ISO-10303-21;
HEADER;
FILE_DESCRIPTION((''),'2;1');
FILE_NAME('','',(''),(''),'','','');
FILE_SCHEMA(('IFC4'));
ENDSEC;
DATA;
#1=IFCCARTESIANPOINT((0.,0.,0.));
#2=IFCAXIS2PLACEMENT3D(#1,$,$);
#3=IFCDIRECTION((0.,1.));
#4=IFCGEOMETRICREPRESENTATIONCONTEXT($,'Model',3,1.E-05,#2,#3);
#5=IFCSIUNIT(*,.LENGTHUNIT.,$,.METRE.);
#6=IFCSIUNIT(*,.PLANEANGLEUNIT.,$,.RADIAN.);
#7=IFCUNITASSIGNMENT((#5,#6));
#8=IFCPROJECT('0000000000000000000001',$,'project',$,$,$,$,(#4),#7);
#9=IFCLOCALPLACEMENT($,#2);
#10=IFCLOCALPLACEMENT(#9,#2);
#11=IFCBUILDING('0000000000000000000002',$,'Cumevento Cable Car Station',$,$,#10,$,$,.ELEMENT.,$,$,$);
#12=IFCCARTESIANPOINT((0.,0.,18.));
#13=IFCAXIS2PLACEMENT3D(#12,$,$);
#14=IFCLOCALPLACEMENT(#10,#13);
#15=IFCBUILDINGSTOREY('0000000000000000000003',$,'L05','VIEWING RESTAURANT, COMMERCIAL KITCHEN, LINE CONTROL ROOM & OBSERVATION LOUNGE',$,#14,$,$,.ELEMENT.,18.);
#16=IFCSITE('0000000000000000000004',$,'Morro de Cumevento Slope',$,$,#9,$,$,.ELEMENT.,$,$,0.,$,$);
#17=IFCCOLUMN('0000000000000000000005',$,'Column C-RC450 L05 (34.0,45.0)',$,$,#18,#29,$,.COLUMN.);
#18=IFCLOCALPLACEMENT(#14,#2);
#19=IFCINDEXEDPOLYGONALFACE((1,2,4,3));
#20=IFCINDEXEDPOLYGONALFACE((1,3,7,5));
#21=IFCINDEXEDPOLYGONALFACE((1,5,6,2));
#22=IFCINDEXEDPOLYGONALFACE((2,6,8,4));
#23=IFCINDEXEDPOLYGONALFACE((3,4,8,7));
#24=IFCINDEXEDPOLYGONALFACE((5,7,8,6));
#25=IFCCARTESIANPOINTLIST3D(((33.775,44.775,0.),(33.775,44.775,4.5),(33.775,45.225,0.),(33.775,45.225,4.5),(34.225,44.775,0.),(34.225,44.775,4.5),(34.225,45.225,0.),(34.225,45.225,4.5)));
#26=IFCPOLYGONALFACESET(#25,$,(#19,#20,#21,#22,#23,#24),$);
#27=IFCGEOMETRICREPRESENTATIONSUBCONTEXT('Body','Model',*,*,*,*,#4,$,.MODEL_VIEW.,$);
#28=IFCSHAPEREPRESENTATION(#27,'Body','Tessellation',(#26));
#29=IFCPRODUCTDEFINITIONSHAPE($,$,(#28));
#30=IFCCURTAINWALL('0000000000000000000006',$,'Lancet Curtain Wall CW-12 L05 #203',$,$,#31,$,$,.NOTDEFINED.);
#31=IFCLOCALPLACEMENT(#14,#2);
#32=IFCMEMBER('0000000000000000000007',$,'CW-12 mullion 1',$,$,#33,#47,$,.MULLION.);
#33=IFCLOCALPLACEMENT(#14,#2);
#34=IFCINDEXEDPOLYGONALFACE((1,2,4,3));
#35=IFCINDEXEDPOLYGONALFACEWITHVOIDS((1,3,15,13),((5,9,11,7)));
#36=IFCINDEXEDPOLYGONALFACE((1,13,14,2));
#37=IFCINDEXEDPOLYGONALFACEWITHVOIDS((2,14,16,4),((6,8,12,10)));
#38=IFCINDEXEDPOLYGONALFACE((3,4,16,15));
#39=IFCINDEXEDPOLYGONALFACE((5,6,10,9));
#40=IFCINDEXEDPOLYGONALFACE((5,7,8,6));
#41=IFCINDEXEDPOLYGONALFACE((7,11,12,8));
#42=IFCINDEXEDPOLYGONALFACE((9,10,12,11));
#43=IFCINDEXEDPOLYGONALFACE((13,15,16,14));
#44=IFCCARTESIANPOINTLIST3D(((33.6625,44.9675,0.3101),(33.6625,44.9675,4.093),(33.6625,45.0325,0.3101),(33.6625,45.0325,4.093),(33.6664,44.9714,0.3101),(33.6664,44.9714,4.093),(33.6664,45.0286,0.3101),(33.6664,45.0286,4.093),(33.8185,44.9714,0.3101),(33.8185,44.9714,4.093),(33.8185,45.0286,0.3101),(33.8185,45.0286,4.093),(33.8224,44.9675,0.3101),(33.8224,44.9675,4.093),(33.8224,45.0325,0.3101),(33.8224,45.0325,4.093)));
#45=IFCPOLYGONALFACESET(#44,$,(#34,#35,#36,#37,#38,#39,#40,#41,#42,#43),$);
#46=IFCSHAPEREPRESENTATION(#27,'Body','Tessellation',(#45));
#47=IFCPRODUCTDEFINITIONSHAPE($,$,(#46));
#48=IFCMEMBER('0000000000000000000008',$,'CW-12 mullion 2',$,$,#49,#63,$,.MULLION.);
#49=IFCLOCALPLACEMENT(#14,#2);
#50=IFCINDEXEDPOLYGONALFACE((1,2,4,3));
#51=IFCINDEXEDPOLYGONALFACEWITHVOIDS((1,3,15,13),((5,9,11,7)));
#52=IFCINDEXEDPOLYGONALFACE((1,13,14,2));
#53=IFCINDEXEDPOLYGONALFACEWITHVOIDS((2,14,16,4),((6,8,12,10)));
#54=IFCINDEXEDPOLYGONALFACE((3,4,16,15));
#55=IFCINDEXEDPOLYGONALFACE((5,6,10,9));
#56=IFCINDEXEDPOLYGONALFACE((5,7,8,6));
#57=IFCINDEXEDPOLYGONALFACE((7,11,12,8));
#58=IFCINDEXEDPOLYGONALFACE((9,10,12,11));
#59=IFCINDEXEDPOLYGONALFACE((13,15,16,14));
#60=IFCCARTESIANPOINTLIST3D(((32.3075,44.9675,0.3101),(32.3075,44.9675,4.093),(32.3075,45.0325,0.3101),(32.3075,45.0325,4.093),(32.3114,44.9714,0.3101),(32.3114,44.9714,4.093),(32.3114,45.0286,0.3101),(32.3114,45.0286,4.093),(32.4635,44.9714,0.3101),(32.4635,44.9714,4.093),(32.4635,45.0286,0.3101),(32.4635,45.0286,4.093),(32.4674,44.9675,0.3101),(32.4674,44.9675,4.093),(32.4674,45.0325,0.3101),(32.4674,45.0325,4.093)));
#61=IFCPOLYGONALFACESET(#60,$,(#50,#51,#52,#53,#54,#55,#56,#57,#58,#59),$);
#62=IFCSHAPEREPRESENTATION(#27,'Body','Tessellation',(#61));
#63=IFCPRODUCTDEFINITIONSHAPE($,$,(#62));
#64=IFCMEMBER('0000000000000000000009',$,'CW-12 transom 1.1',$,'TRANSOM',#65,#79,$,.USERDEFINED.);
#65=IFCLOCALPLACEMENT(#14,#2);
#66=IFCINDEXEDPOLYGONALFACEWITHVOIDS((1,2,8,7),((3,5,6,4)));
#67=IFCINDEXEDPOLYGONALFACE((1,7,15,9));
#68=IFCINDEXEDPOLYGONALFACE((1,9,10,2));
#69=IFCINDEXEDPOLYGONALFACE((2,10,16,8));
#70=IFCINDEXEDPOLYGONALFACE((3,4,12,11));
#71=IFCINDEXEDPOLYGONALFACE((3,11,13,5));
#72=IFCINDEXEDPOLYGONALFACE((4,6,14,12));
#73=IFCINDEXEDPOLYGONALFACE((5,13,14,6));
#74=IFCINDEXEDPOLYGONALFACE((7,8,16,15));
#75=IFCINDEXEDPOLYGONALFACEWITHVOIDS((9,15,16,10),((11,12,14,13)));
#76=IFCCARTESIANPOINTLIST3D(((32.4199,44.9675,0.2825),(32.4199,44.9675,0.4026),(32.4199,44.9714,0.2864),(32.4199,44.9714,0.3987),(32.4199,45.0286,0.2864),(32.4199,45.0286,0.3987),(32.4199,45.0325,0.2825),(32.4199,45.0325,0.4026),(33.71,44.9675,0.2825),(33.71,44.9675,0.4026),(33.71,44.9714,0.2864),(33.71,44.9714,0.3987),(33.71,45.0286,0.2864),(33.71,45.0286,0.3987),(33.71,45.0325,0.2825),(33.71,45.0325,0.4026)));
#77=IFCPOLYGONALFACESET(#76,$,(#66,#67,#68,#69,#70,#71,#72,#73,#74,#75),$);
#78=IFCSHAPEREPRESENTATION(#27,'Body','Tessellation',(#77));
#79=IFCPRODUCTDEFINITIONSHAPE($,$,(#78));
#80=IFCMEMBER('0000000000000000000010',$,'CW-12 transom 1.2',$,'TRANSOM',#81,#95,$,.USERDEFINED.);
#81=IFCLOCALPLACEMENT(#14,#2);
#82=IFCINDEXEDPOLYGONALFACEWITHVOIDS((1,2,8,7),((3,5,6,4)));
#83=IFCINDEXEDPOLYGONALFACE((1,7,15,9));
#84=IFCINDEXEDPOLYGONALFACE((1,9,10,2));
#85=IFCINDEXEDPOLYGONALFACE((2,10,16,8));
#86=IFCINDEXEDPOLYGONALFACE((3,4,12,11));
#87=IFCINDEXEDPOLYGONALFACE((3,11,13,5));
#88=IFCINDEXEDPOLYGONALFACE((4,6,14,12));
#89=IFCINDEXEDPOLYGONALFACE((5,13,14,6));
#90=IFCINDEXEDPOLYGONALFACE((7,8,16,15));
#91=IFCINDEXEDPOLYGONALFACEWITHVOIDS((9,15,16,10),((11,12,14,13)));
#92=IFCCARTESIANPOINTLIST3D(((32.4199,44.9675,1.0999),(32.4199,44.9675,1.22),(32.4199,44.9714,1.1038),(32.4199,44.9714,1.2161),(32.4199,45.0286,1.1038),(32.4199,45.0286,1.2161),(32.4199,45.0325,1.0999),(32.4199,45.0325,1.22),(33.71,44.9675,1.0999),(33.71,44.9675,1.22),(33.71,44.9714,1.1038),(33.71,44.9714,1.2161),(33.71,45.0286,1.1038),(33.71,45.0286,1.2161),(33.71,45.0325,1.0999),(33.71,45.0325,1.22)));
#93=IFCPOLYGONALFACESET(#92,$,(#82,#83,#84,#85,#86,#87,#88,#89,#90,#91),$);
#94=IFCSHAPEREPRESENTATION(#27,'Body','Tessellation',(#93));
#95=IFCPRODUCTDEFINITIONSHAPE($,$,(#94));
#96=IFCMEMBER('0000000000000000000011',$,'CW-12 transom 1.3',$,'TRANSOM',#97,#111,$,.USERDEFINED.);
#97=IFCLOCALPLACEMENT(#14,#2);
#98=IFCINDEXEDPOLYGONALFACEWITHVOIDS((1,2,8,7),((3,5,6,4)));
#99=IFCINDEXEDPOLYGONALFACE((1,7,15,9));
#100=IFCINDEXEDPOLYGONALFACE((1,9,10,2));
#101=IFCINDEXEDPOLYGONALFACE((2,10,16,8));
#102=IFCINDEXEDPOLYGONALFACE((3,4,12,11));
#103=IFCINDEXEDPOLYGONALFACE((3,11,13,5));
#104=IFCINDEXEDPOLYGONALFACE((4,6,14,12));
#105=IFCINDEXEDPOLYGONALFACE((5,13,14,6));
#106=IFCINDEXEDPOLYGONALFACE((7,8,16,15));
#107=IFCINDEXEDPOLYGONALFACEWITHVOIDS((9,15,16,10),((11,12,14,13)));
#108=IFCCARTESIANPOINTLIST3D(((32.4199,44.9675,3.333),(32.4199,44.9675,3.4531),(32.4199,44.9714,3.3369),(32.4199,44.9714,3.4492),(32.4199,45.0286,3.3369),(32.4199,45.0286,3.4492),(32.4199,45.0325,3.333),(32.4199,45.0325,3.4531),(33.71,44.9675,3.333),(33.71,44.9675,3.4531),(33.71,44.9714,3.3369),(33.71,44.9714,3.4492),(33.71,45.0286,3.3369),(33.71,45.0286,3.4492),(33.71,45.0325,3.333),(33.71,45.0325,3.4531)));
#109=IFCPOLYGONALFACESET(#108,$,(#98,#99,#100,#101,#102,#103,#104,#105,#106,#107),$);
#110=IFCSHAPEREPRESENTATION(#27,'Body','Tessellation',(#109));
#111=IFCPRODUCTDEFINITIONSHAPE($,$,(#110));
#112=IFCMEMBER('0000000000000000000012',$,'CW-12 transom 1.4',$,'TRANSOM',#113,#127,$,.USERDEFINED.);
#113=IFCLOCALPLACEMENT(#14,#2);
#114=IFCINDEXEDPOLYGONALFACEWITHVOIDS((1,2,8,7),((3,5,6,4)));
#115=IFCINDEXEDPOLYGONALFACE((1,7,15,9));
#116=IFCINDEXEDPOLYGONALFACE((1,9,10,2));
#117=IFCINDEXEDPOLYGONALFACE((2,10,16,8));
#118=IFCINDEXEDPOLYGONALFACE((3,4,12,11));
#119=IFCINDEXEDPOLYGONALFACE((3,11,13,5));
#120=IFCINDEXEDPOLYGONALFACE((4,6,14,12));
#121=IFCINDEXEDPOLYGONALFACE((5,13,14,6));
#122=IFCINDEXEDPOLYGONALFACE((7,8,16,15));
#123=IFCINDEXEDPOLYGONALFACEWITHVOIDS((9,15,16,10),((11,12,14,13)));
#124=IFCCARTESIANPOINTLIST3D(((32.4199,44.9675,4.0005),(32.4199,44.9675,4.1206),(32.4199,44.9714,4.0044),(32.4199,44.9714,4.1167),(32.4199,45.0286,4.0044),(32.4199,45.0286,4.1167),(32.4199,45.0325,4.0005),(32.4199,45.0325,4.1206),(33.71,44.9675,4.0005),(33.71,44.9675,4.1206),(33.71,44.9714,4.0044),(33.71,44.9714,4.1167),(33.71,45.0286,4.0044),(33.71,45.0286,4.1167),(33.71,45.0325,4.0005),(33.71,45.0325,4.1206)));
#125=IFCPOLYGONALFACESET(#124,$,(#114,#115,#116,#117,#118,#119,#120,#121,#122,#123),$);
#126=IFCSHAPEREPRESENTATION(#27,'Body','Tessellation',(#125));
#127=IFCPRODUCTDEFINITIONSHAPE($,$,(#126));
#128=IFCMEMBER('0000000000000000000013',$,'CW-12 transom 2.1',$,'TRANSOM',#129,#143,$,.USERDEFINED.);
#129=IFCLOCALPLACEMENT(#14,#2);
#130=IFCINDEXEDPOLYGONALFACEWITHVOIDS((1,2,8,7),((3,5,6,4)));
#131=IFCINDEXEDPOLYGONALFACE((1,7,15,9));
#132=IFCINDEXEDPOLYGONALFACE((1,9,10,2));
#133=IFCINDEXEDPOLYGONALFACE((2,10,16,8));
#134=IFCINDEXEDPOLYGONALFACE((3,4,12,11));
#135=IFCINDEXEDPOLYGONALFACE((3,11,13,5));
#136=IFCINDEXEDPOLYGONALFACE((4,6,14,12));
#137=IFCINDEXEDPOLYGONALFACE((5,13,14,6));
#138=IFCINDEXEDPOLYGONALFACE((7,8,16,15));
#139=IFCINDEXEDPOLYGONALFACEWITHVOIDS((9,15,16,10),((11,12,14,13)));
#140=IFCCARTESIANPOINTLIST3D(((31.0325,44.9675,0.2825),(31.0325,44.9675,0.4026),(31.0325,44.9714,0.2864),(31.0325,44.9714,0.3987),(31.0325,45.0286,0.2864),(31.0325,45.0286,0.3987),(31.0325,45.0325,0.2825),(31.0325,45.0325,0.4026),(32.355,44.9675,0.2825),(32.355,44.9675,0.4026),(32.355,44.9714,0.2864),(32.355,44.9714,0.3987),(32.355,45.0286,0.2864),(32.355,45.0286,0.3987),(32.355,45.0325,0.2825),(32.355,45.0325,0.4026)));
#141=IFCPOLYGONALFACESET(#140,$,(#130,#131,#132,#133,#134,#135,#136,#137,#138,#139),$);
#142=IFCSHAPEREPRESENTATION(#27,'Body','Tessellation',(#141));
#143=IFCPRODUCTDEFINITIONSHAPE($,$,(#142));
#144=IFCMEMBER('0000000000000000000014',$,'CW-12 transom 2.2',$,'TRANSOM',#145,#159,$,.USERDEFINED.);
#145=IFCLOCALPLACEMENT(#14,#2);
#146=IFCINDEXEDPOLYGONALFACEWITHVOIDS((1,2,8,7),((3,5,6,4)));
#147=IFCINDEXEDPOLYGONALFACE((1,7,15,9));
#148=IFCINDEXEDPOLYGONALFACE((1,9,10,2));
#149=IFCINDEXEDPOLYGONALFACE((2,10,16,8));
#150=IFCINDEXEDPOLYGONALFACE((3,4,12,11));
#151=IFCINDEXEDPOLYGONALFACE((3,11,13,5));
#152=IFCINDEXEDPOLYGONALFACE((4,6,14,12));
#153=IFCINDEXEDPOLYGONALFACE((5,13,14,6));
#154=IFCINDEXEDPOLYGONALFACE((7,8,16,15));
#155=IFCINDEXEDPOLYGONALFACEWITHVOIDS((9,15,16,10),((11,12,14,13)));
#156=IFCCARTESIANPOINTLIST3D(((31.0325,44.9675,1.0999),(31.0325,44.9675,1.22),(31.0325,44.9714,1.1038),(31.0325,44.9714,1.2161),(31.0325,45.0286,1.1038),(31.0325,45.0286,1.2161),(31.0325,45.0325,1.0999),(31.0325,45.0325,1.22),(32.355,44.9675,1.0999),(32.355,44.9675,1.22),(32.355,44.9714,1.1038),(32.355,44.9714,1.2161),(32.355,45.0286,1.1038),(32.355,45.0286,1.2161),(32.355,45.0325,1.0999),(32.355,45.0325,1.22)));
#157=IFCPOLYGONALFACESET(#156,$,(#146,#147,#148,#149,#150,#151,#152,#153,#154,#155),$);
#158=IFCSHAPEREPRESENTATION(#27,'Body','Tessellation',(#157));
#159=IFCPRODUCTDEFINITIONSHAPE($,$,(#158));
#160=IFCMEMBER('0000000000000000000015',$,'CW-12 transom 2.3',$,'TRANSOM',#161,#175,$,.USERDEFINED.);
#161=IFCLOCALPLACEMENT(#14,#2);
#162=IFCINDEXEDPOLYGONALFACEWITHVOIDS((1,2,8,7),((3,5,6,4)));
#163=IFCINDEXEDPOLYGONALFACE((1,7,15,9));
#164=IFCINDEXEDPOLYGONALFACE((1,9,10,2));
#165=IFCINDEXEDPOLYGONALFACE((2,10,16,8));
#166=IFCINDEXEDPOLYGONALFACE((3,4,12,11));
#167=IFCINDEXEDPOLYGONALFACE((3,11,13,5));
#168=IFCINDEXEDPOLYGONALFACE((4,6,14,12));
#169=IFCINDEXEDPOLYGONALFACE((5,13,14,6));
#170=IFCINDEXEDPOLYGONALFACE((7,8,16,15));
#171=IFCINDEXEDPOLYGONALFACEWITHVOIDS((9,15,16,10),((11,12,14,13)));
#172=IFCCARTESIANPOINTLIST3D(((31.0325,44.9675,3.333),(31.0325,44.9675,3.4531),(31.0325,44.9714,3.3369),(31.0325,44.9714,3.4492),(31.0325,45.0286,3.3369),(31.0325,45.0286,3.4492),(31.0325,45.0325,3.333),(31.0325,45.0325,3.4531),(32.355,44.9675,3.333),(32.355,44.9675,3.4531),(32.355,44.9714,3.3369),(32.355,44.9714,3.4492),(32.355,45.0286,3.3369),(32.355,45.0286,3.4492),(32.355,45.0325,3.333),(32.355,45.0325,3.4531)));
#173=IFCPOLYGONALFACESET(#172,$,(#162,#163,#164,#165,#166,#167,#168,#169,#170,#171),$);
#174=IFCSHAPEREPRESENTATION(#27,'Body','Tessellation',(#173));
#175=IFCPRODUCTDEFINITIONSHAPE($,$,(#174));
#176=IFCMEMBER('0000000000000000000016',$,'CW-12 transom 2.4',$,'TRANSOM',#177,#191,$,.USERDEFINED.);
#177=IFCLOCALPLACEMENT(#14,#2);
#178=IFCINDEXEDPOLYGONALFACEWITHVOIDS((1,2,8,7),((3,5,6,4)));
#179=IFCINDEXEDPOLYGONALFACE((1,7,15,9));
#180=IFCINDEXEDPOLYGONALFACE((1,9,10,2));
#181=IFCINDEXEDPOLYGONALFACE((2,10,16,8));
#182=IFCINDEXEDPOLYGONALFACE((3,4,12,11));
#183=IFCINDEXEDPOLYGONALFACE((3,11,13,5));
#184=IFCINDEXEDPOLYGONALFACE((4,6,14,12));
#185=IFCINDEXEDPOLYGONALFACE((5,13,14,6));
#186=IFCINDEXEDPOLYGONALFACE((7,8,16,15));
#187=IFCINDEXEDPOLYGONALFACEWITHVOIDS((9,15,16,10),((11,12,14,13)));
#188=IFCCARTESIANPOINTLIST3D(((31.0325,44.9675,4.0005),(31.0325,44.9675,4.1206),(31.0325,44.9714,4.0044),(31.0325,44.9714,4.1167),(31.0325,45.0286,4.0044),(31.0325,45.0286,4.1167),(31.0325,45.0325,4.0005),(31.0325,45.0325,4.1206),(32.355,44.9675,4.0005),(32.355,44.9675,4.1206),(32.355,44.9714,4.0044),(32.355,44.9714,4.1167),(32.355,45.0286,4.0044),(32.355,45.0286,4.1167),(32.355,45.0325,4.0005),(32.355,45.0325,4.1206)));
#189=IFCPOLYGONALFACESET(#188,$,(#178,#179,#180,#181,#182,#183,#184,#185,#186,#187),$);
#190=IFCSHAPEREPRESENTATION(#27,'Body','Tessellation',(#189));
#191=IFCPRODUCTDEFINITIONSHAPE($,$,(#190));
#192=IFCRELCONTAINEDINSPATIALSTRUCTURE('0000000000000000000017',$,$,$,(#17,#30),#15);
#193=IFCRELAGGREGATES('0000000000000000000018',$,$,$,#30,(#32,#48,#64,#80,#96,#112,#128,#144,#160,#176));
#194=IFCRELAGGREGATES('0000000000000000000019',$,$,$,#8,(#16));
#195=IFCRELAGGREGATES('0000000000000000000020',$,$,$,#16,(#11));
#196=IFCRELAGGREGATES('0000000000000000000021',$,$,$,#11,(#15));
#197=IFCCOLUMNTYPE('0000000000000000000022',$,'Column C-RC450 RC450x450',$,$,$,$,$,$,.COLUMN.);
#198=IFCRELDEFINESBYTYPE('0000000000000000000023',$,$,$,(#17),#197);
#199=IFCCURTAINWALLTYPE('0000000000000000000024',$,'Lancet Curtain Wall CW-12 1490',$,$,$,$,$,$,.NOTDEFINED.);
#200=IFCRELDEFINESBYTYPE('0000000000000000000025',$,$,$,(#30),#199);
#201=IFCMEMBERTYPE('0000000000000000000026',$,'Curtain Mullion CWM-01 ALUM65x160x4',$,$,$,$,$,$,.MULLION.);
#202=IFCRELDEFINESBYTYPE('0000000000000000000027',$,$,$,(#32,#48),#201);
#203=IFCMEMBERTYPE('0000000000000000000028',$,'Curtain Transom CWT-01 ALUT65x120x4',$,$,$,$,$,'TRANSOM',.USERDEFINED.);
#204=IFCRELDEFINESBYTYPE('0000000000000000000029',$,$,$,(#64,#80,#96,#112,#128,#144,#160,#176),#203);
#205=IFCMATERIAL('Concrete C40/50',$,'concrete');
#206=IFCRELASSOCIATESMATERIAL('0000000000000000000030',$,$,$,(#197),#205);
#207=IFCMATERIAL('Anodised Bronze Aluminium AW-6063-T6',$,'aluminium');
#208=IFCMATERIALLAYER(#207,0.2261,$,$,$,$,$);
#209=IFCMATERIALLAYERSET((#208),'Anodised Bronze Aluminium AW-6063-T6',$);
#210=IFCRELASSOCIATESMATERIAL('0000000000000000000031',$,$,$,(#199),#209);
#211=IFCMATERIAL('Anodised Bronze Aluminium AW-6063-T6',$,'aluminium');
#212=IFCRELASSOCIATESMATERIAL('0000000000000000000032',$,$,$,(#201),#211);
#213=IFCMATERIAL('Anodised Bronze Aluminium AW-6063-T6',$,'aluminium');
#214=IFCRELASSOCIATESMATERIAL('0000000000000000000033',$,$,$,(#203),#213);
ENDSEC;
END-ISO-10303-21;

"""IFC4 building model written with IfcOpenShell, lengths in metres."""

from ifc_helpers import new_model, si_unit, direction, frame, origin, origin_2d, place, context, subcontext, project, spatial, rectangle, hollow_rectangle, extrude, material, layer, layer_set, material_profile, profile_set, type_object, element, aggregate, save


model = new_model("IFC4")

# Units and contexts
model_context = context("Model", 3, precision=1e-05, world=origin(), true_north=direction((0.0, 1.0)))
body_context = subcontext(model_context, "Body", "Model", "MODEL_VIEW")
ifc_project = project(units=[si_unit("LENGTHUNIT", "METRE"), si_unit("PLANEANGLEUNIT", "RADIAN")], contexts=[model_context])

# Site, building, storey
site_placement = place(None, origin())
site = spatial("IfcSite", under=ifc_project, at=site_placement, Name="Morro de Cumevento Slope", CompositionType="ELEMENT", RefElevation=0.0)
building_placement = place(site_placement, origin())
building = spatial("IfcBuilding", under=site, at=building_placement, Name="Cumevento Cable Car Station", CompositionType="ELEMENT")
storey_placement = place(building_placement, frame((0.0, 0.0, 18.0)))
storey = spatial("IfcBuildingStorey", under=building, at=storey_placement, Name="L05", Description="VIEWING RESTAURANT, COMMERCIAL KITCHEN, LINE CONTROL ROOM & OBSERVATION LOUNGE", CompositionType="ELEMENT", Elevation=18.0)

# Column
ifc_material_1 = material(Name="Concrete C40/50", Category="concrete")
ifc_material_profile_1 = material_profile(ifc_material_1, rectangle(XDim=0.45, YDim=0.45, at=origin_2d()), Name="RC450x450")
ifc_profile_set_1 = profile_set([ifc_material_profile_1], Name="Concrete C40/50")
column_type = type_object("IfcColumnType", Name="Column C-RC450 RC450x450", PredefinedType="COLUMN", material=ifc_profile_set_1)
column_placement = place(storey_placement, frame((34.0, 45.0, 0.0), z_axis=(0.0, 0.0, 1.0), x_axis=(1.0, 0.0, 0.0)))
element("IfcColumn", 1, at=column_placement, inside=storey, type_object=column_type, Name="Column C-RC450 L05 (34.0,45.0)", PredefinedType="COLUMN", context=body_context, shape_type="SweptSolid", body=[
    extrude(rectangle(XDim=0.45, YDim=0.45, at=origin_2d()), origin(), (0.0, 0.0, 1.0), 4.5),
])

# Curtain wall, members
ifc_material_2 = material(Name="Anodised Bronze Aluminium AW-6063-T6", Category="aluminium")
ifc_layer_1 = layer(ifc_material_2, 0.2261)
ifc_layer_set_1 = layer_set([ifc_layer_1], Name="Anodised Bronze Aluminium AW-6063-T6")
curtain_wall_type = type_object("IfcCurtainWallType", Name="Lancet Curtain Wall CW-12 1490", PredefinedType="NOTDEFINED", material=ifc_layer_set_1)
curtain_wall_placement = place(storey_placement, origin())
curtain_wall = element("IfcCurtainWall", 2, at=curtain_wall_placement, inside=storey, type_object=curtain_wall_type, Name="Lancet Curtain Wall CW-12 L05 #203", PredefinedType="NOTDEFINED")
ifc_material_3 = material(Name="Anodised Bronze Aluminium AW-6063-T6", Category="aluminium")
ifc_material_profile_2 = material_profile(ifc_material_3, hollow_rectangle(XDim=0.0649, YDim=0.1599, WallThickness=0.0039, at=origin_2d()), Name="ALUM65x160x4")
ifc_profile_set_2 = profile_set([ifc_material_profile_2], Name="Anodised Bronze Aluminium AW-6063-T6")
member_type_1 = type_object("IfcMemberType", Name="Curtain Mullion CWM-01 ALUM65x160x4", PredefinedType="MULLION", material=ifc_profile_set_2)
member_1_placement = place(storey_placement, frame((33.7424, 45.0, 0.3101), z_axis=(0.0, 0.0, 1.0), x_axis=(0.0, -1.0, 0.0)))
member_1 = element("IfcMember", 3, at=member_1_placement, type_object=member_type_1, Name="CW-12 mullion 1", PredefinedType="MULLION", context=body_context, shape_type="SweptSolid", body=[
    extrude(hollow_rectangle(XDim=0.0649, YDim=0.1599, WallThickness=0.0039, at=origin_2d()), origin(), (0.0, 0.0, 1.0), 3.783),
])
member_2_placement = place(storey_placement, frame((32.3875, 45.0, 0.3101), z_axis=(0.0, 0.0, 1.0), x_axis=(0.0, -1.0, 0.0)))
member_2 = element("IfcMember", 4, at=member_2_placement, type_object=member_type_1, Name="CW-12 mullion 2", PredefinedType="MULLION", context=body_context, shape_type="SweptSolid", body=[
    extrude(hollow_rectangle(XDim=0.0649, YDim=0.1599, WallThickness=0.0039, at=origin_2d()), origin(), (0.0, 0.0, 1.0), 3.783),
])
ifc_material_4 = material(Name="Anodised Bronze Aluminium AW-6063-T6", Category="aluminium")
ifc_material_profile_3 = material_profile(ifc_material_4, hollow_rectangle(XDim=0.0649, YDim=0.1201, WallThickness=0.0039, at=origin_2d()), Name="ALUT65x120x4")
ifc_profile_set_3 = profile_set([ifc_material_profile_3], Name="Anodised Bronze Aluminium AW-6063-T6")
member_type_2 = type_object("IfcMemberType", Name="Curtain Transom CWT-01 ALUT65x120x4", ElementType="TRANSOM", PredefinedType="USERDEFINED", material=ifc_profile_set_3)
member_3_placement = place(storey_placement, frame((33.71, 45.0, 0.3425), z_axis=(-1.0, 0.0, 0.0), x_axis=(0.0, -1.0, 0.0)))
member_3 = element("IfcMember", 5, at=member_3_placement, type_object=member_type_2, Name="CW-12 transom 1.1", ObjectType="TRANSOM", PredefinedType="USERDEFINED", context=body_context, shape_type="SweptSolid", body=[
    extrude(hollow_rectangle(XDim=0.0649, YDim=0.1201, WallThickness=0.0039, at=origin_2d()), origin(), (0.0, 0.0, 1.0), 1.29),
])
member_4_placement = place(storey_placement, frame((33.71, 45.0, 1.1599), z_axis=(-1.0, 0.0, 0.0), x_axis=(0.0, -1.0, 0.0)))
member_4 = element("IfcMember", 6, at=member_4_placement, type_object=member_type_2, Name="CW-12 transom 1.2", ObjectType="TRANSOM", PredefinedType="USERDEFINED", context=body_context, shape_type="SweptSolid", body=[
    extrude(hollow_rectangle(XDim=0.0649, YDim=0.1201, WallThickness=0.0039, at=origin_2d()), origin(), (0.0, 0.0, 1.0), 1.29),
])
member_5_placement = place(storey_placement, frame((33.71, 45.0, 3.3931), z_axis=(-1.0, 0.0, 0.0), x_axis=(0.0, -1.0, 0.0)))
member_5 = element("IfcMember", 7, at=member_5_placement, type_object=member_type_2, Name="CW-12 transom 1.3", ObjectType="TRANSOM", PredefinedType="USERDEFINED", context=body_context, shape_type="SweptSolid", body=[
    extrude(hollow_rectangle(XDim=0.0649, YDim=0.1201, WallThickness=0.0039, at=origin_2d()), origin(), (0.0, 0.0, 1.0), 1.29),
])
member_6_placement = place(storey_placement, frame((33.71, 45.0, 4.0605), z_axis=(-1.0, 0.0, 0.0), x_axis=(0.0, -1.0, 0.0)))
member_6 = element("IfcMember", 8, at=member_6_placement, type_object=member_type_2, Name="CW-12 transom 1.4", ObjectType="TRANSOM", PredefinedType="USERDEFINED", context=body_context, shape_type="SweptSolid", body=[
    extrude(hollow_rectangle(XDim=0.0649, YDim=0.1201, WallThickness=0.0039, at=origin_2d()), origin(), (0.0, 0.0, 1.0), 1.29),
])
member_7_placement = place(storey_placement, frame((32.355, 45.0, 0.3425), z_axis=(-1.0, 0.0, 0.0), x_axis=(0.0, -1.0, 0.0)))
member_7 = element("IfcMember", 9, at=member_7_placement, type_object=member_type_2, Name="CW-12 transom 2.1", ObjectType="TRANSOM", PredefinedType="USERDEFINED", context=body_context, shape_type="SweptSolid", body=[
    extrude(hollow_rectangle(XDim=0.0649, YDim=0.1201, WallThickness=0.0039, at=origin_2d()), origin(), (0.0, 0.0, 1.0), 1.3225),
])
member_8_placement = place(storey_placement, frame((32.355, 45.0, 1.1599), z_axis=(-1.0, 0.0, 0.0), x_axis=(0.0, -1.0, 0.0)))
member_8 = element("IfcMember", 10, at=member_8_placement, type_object=member_type_2, Name="CW-12 transom 2.2", ObjectType="TRANSOM", PredefinedType="USERDEFINED", context=body_context, shape_type="SweptSolid", body=[
    extrude(hollow_rectangle(XDim=0.0649, YDim=0.1201, WallThickness=0.0039, at=origin_2d()), origin(), (0.0, 0.0, 1.0), 1.3225),
])
member_9_placement = place(storey_placement, frame((32.355, 45.0, 3.3931), z_axis=(-1.0, 0.0, 0.0), x_axis=(0.0, -1.0, 0.0)))
member_9 = element("IfcMember", 11, at=member_9_placement, type_object=member_type_2, Name="CW-12 transom 2.3", ObjectType="TRANSOM", PredefinedType="USERDEFINED", context=body_context, shape_type="SweptSolid", body=[
    extrude(hollow_rectangle(XDim=0.0649, YDim=0.1201, WallThickness=0.0039, at=origin_2d()), origin(), (0.0, 0.0, 1.0), 1.3225),
])
member_10_placement = place(storey_placement, frame((32.355, 45.0, 4.0605), z_axis=(-1.0, 0.0, 0.0), x_axis=(0.0, -1.0, 0.0)))
member_10 = element("IfcMember", 12, at=member_10_placement, type_object=member_type_2, Name="CW-12 transom 2.4", ObjectType="TRANSOM", PredefinedType="USERDEFINED", context=body_context, shape_type="SweptSolid", body=[
    extrude(hollow_rectangle(XDim=0.0649, YDim=0.1201, WallThickness=0.0039, at=origin_2d()), origin(), (0.0, 0.0, 1.0), 1.3225),
])

aggregate(curtain_wall, [member_1, member_2, member_3, member_4, member_5, member_6, member_7, member_8, member_9, member_10])

save(model, "model.ifc")
